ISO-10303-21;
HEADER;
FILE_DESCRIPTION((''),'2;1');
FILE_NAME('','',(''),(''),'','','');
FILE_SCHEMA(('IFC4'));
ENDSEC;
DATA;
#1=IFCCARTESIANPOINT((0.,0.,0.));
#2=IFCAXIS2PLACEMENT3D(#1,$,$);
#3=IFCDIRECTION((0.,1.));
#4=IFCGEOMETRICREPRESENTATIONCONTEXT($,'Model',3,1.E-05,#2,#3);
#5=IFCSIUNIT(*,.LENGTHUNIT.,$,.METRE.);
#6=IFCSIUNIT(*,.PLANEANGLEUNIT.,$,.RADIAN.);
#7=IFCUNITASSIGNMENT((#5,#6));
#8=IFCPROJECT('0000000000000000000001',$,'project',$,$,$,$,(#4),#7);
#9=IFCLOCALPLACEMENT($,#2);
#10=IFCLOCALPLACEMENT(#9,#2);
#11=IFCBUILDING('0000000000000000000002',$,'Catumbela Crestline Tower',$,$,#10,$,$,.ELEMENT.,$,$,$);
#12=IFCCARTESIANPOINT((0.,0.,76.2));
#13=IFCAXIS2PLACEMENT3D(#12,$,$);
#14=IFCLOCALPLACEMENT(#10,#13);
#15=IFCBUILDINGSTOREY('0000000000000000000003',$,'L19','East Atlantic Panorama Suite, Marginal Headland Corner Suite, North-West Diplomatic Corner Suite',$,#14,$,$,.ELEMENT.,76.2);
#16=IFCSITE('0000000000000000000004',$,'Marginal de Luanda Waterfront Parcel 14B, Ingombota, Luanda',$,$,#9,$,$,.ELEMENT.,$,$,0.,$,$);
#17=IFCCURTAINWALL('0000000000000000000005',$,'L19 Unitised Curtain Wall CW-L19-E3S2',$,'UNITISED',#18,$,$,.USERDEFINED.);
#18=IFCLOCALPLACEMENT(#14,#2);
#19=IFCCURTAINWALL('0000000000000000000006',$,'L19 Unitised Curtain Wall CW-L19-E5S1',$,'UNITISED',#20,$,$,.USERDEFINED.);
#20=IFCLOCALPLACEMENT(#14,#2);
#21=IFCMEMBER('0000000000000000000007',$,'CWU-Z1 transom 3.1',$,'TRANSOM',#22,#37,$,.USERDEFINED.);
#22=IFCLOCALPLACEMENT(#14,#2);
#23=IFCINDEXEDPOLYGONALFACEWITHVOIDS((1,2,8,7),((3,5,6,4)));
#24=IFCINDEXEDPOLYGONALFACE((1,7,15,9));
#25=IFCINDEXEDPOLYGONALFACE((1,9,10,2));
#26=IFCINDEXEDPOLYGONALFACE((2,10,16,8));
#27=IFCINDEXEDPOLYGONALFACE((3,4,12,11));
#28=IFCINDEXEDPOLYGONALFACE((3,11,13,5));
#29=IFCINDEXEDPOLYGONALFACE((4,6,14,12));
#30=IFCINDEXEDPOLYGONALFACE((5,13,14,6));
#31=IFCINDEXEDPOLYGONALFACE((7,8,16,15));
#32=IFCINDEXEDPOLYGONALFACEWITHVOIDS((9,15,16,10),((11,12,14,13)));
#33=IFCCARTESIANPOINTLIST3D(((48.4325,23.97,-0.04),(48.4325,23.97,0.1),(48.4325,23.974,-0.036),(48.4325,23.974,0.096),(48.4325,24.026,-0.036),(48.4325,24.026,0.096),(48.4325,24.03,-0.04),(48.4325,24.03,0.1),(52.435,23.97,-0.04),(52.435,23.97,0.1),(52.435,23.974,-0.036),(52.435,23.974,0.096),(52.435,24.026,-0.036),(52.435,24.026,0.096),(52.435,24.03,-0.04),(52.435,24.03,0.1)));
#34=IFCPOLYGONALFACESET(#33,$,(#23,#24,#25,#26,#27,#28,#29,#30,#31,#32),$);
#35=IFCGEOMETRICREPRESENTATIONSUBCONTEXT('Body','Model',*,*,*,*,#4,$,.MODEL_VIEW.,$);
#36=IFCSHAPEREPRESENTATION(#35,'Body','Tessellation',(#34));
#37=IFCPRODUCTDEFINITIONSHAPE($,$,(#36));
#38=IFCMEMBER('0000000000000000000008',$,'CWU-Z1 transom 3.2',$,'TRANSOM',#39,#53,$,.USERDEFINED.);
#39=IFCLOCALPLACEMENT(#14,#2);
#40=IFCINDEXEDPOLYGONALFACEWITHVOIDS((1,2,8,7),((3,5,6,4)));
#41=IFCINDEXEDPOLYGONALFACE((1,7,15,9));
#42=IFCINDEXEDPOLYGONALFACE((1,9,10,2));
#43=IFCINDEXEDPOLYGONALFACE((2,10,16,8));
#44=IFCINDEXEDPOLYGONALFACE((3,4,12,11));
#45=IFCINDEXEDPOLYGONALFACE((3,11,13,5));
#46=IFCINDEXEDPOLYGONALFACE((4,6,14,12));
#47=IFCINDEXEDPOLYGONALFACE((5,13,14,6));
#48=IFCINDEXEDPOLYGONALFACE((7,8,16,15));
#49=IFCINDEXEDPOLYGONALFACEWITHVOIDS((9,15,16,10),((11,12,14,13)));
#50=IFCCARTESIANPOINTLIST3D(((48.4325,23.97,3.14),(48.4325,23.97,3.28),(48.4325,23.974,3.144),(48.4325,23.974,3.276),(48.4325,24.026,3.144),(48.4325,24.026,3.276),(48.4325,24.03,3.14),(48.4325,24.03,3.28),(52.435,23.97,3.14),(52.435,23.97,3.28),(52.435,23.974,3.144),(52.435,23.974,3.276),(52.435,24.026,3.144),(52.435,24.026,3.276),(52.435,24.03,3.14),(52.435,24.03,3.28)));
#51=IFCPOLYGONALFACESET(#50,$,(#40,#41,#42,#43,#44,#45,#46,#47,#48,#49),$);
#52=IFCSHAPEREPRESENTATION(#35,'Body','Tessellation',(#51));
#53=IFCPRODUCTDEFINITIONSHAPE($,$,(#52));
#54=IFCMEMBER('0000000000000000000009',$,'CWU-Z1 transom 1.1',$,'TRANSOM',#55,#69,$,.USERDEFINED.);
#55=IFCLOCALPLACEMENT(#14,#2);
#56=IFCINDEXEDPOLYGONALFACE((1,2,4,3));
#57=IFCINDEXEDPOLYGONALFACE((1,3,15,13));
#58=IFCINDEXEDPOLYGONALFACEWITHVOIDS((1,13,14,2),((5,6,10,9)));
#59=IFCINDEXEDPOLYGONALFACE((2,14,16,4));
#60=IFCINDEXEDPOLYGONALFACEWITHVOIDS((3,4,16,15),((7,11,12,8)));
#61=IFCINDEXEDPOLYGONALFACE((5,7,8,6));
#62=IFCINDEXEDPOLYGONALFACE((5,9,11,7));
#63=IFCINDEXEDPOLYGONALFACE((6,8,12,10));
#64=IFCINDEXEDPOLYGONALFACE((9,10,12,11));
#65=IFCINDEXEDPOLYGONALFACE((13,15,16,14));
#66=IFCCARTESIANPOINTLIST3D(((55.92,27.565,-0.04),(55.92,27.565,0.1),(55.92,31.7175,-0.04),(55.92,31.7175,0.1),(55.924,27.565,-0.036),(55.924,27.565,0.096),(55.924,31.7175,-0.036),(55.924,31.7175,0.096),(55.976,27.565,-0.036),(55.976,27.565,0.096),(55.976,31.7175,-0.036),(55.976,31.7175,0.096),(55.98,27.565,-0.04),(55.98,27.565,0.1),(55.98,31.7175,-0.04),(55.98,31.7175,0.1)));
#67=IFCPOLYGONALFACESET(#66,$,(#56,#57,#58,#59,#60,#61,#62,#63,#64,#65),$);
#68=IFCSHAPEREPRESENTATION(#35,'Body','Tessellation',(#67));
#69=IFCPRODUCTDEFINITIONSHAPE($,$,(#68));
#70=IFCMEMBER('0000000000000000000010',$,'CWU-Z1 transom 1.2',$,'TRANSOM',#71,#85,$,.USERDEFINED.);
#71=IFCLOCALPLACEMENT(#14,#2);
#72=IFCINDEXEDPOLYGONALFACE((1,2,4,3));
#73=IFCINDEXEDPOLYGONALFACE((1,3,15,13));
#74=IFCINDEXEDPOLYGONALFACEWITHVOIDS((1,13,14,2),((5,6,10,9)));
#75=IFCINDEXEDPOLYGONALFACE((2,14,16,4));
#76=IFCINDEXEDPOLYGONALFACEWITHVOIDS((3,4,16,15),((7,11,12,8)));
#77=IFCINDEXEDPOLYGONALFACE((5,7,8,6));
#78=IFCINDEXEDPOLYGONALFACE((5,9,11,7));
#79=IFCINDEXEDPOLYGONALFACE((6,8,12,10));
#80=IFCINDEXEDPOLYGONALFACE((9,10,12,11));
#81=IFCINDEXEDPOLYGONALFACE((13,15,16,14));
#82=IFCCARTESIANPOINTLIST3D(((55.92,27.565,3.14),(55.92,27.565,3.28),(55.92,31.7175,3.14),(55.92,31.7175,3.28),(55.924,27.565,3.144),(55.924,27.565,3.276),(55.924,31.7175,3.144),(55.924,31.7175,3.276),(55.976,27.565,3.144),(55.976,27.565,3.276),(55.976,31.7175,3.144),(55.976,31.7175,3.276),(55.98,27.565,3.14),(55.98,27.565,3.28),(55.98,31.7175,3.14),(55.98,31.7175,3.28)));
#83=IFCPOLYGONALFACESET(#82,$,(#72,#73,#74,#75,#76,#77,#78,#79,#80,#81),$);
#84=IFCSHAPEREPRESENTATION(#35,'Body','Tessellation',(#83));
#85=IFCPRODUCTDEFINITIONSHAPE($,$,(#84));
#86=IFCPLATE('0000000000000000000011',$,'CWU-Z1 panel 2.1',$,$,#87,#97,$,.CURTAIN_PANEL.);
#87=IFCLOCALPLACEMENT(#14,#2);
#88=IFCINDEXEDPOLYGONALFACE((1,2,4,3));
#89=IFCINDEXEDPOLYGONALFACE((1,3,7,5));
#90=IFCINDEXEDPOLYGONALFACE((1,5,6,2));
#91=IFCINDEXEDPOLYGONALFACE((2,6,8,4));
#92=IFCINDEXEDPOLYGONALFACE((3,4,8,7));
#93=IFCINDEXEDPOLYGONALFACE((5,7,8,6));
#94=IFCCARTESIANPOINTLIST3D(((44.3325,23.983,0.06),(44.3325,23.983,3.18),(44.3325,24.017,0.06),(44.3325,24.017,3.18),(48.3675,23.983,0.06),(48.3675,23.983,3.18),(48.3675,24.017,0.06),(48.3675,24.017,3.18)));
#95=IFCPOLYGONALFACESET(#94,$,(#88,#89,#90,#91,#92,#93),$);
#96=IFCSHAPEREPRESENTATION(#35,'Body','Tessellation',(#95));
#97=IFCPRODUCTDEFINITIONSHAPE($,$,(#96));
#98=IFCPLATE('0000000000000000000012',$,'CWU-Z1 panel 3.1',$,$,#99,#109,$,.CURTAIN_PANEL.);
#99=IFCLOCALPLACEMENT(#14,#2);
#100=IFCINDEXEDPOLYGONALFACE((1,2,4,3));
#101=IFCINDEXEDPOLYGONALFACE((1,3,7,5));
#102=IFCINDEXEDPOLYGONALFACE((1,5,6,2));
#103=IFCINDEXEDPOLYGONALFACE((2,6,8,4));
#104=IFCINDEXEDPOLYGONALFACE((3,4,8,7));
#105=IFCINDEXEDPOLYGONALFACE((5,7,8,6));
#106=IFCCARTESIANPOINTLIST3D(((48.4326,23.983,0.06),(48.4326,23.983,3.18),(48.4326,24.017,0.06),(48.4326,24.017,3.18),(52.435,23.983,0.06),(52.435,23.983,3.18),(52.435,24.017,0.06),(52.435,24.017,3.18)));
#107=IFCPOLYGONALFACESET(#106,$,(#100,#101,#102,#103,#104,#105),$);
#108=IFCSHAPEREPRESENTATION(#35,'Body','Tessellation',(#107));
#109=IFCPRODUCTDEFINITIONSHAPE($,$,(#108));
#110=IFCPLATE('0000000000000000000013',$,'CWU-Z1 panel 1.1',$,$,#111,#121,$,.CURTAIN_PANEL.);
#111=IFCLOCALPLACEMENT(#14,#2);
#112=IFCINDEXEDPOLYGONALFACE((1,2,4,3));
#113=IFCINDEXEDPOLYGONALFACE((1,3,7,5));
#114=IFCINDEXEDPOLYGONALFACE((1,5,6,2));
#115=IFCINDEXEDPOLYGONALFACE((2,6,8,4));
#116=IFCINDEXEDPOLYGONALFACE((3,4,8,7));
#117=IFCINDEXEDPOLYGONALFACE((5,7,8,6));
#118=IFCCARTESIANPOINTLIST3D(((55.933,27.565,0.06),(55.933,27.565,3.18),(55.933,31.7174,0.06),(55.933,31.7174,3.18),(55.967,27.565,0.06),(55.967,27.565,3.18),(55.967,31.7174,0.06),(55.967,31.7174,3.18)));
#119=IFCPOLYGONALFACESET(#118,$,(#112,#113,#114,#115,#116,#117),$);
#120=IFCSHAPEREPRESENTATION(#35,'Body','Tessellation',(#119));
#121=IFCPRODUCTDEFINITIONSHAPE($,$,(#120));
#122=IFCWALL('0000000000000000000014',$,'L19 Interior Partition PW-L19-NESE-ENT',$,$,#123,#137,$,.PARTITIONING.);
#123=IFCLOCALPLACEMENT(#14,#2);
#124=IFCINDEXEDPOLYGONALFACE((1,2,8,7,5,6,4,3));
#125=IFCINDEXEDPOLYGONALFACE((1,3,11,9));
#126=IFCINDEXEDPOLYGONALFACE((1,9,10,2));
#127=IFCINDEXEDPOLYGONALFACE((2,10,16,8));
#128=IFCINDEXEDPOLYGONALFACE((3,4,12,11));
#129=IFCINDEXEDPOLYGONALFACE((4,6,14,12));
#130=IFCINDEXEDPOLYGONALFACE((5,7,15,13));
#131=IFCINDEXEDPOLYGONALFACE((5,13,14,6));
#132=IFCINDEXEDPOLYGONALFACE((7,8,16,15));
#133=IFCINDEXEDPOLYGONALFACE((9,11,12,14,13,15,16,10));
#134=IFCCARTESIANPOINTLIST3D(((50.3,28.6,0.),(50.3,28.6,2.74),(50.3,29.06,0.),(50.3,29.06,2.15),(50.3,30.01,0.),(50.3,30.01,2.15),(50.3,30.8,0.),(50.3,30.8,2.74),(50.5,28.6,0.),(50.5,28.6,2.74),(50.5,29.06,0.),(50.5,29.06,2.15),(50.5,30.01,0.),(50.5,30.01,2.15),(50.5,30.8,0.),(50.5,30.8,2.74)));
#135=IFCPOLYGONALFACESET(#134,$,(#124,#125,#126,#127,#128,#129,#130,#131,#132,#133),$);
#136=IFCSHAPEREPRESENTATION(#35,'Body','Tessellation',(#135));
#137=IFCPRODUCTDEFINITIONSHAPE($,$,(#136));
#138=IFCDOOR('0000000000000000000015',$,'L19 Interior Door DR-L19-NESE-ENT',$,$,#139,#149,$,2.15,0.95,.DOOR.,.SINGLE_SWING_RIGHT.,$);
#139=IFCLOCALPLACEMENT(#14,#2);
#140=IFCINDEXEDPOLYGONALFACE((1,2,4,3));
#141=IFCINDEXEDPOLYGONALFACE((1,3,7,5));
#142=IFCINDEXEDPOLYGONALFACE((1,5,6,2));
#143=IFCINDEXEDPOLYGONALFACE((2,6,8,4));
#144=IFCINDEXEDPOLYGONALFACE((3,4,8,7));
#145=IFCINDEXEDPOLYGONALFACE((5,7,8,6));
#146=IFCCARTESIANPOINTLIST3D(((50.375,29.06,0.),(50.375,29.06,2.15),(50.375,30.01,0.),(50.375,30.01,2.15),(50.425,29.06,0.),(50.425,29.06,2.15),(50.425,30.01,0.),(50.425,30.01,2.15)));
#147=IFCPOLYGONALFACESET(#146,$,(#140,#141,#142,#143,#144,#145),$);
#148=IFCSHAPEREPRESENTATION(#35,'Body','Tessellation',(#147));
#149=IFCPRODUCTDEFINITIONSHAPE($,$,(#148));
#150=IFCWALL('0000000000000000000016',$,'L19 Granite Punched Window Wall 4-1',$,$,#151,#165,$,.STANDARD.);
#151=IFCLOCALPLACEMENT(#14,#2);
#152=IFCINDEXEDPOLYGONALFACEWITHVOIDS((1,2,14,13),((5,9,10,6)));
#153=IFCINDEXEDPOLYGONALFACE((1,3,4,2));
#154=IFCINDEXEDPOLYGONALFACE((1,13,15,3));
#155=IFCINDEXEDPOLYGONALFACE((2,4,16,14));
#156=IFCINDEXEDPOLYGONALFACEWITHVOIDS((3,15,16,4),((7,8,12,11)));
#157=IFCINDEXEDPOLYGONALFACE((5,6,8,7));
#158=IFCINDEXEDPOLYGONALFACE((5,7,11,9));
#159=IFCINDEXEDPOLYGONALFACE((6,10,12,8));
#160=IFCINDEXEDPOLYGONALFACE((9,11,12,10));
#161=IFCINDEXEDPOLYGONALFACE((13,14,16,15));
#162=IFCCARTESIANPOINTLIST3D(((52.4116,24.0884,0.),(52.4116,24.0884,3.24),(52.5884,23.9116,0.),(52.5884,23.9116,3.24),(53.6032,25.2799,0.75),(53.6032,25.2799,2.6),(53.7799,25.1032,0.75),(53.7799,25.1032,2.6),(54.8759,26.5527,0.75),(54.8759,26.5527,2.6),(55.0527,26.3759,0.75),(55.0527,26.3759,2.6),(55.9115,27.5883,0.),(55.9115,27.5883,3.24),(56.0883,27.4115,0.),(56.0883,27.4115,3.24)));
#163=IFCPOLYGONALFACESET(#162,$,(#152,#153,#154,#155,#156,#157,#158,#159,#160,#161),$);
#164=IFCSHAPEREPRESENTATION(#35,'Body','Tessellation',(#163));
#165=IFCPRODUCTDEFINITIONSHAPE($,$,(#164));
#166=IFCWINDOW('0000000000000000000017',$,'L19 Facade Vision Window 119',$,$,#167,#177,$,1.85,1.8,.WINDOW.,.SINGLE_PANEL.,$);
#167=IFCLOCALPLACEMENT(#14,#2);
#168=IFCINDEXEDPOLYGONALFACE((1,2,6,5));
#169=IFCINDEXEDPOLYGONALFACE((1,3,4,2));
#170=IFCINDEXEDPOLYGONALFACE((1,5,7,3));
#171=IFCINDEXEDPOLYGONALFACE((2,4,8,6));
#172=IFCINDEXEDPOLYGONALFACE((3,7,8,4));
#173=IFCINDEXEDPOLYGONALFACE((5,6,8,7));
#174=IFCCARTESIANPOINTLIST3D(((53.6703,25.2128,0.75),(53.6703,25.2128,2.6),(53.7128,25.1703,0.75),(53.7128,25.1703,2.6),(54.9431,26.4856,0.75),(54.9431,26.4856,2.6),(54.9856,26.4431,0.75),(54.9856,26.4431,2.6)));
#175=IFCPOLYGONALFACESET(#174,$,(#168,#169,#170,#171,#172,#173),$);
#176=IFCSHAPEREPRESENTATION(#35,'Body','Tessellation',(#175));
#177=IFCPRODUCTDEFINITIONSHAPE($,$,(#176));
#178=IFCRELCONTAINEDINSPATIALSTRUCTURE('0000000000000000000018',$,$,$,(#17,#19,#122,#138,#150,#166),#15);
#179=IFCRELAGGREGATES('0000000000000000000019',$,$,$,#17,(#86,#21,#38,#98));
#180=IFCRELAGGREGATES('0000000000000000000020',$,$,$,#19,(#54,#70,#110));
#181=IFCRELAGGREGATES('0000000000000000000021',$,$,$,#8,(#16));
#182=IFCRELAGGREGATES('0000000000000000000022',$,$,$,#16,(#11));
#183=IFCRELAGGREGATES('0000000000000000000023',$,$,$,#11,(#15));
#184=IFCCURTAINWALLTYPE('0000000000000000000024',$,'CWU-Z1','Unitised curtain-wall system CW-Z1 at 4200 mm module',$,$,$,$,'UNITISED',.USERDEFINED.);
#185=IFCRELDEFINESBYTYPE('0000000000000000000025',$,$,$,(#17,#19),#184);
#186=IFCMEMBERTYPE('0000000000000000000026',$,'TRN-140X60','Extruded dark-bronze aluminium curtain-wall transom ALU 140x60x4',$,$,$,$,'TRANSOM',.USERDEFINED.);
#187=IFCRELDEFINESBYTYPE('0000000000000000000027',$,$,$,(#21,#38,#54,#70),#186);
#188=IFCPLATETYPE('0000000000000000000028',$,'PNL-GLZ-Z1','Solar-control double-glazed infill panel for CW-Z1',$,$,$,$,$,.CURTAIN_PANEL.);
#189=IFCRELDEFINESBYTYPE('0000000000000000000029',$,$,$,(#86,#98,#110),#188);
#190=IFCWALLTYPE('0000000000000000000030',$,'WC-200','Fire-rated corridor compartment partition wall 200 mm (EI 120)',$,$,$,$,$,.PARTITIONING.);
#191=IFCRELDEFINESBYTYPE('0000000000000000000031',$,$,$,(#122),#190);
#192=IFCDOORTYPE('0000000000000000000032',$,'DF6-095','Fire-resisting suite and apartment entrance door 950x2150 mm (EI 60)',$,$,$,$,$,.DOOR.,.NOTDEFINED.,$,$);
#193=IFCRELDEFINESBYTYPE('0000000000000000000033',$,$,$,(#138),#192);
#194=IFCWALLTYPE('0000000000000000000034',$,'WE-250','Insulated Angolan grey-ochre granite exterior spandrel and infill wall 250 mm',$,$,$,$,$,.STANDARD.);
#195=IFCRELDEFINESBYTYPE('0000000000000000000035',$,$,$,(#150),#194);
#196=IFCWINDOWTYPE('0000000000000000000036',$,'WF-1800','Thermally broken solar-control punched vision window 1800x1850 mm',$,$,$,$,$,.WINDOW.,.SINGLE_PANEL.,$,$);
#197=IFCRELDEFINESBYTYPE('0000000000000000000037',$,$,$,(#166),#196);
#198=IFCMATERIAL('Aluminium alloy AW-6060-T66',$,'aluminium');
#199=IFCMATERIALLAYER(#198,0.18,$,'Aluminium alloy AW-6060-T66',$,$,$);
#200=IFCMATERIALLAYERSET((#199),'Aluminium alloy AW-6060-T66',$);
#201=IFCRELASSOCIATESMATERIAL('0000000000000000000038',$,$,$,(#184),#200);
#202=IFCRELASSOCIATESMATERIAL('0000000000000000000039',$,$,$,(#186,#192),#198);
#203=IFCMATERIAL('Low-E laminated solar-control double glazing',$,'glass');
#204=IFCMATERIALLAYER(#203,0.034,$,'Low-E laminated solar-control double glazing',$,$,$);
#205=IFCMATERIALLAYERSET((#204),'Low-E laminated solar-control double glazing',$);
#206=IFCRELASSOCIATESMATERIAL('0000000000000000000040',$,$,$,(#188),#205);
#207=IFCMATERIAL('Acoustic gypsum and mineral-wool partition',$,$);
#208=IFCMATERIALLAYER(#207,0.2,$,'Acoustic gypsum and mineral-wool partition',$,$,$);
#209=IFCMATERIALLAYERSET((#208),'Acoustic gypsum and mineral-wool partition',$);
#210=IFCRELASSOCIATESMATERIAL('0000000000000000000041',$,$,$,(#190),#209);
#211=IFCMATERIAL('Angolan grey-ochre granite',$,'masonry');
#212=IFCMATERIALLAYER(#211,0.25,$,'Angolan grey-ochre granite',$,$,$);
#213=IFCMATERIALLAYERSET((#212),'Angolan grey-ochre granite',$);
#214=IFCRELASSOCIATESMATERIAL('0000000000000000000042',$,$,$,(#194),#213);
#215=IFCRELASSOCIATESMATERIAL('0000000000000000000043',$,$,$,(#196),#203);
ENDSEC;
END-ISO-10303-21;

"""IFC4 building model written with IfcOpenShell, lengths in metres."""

from ifc_helpers import new_model, si_unit, direction, frame, frame_2d, origin, origin_2d, place, context, subcontext, project, spatial, rectangle, hollow_rectangle, extrude, material, layer, layer_set, material_profile, profile_set, type_object, element, fill, aggregate, save


model = new_model("IFC4")

# Units and contexts
model_context = context("Model", 3, precision=1e-05, world=origin(), true_north=direction((0.0, 1.0)))
body_context = subcontext(model_context, "Body", "Model", "MODEL_VIEW")
ifc_project = project(units=[si_unit("LENGTHUNIT", "METRE"), si_unit("PLANEANGLEUNIT", "RADIAN")], contexts=[model_context])

# Site, building, storey
site_placement = place(None, origin())
site = spatial("IfcSite", under=ifc_project, at=site_placement, Name="Marginal de Luanda Waterfront Parcel 14B, Ingombota, Luanda", CompositionType="ELEMENT", RefElevation=0.0)
building_placement = place(site_placement, origin())
building = spatial("IfcBuilding", under=site, at=building_placement, Name="Catumbela Crestline Tower", CompositionType="ELEMENT")
storey_placement = place(building_placement, frame((0.0, 0.0, 76.2)))
storey = spatial("IfcBuildingStorey", under=building, at=storey_placement, Name="L19", Description="East Atlantic Panorama Suite, Marginal Headland Corner Suite, North-West Diplomatic Corner Suite", CompositionType="ELEMENT", Elevation=76.2)

# Curtain wall
ifc_material_1 = material(Name="Aluminium alloy AW-6060-T66", Category="aluminium")
ifc_layer_1 = layer(ifc_material_1, 0.18, Name="Aluminium alloy AW-6060-T66")
ifc_layer_set_1 = layer_set([ifc_layer_1], Name="Aluminium alloy AW-6060-T66")
curtain_wall_type = type_object("IfcCurtainWallType", Name="CWU-Z1", Description="Unitised curtain-wall system CW-Z1 at 4200 mm module", ElementType="UNITISED", PredefinedType="USERDEFINED", material=ifc_layer_set_1)
curtain_wall_1_placement = place(storey_placement, origin())
curtain_wall_1 = element("IfcCurtainWall", 1, at=curtain_wall_1_placement, inside=storey, type_object=curtain_wall_type, Name="L19 Unitised Curtain Wall CW-L19-E3S2", ObjectType="UNITISED", PredefinedType="USERDEFINED")

# Curtain wall
curtain_wall_2_placement = place(storey_placement, origin())
curtain_wall_2 = element("IfcCurtainWall", 2, at=curtain_wall_2_placement, inside=storey, type_object=curtain_wall_type, Name="L19 Unitised Curtain Wall CW-L19-E5S1", ObjectType="UNITISED", PredefinedType="USERDEFINED")

# Members
ifc_material_profile_1 = material_profile(ifc_material_1, hollow_rectangle(XDim=0.06, YDim=0.14, WallThickness=0.004, at=origin_2d()), Name="ALU 140x60x4")
ifc_profile_set_1 = profile_set([ifc_material_profile_1], Name="Aluminium alloy AW-6060-T66")
member_type_1 = type_object("IfcMemberType", Name="TRN-140X60", Description="Extruded dark-bronze aluminium curtain-wall transom ALU 140x60x4", ElementType="TRANSOM", PredefinedType="USERDEFINED", material=ifc_profile_set_1)
member_1_placement = place(storey_placement, frame((48.4325, 24.0, 0.03), z_axis=(1.0, 0.0, 0.0), x_axis=(0.0, 1.0, 0.0)))
member_1 = element("IfcMember", 3, at=member_1_placement, type_object=member_type_1, Name="CWU-Z1 transom 3.1", ObjectType="TRANSOM", PredefinedType="USERDEFINED", context=body_context, shape_type="SweptSolid", body=[
    extrude(hollow_rectangle(XDim=0.06, YDim=0.14, WallThickness=0.004, at=origin_2d()), origin(), (0.0, 0.0, 1.0), 4.0025),
])
member_2_placement = place(storey_placement, frame((48.4325, 24.0, 3.21), z_axis=(1.0, 0.0, 0.0), x_axis=(0.0, 1.0, 0.0)))
member_2 = element("IfcMember", 4, at=member_2_placement, type_object=member_type_1, Name="CWU-Z1 transom 3.2", ObjectType="TRANSOM", PredefinedType="USERDEFINED", context=body_context, shape_type="SweptSolid", body=[
    extrude(hollow_rectangle(XDim=0.06, YDim=0.14, WallThickness=0.004, at=origin_2d()), origin(), (0.0, 0.0, 1.0), 4.0025),
])
member_3_placement = place(storey_placement, frame((55.95, 27.565, 0.03), z_axis=(0.0, 1.0, 0.0), x_axis=(-1.0, 0.0, 0.0)))
member_3 = element("IfcMember", 5, at=member_3_placement, type_object=member_type_1, Name="CWU-Z1 transom 1.1", ObjectType="TRANSOM", PredefinedType="USERDEFINED", context=body_context, shape_type="SweptSolid", body=[
    extrude(hollow_rectangle(XDim=0.06, YDim=0.14, WallThickness=0.004, at=origin_2d()), origin(), (0.0, 0.0, 1.0), 4.1525),
])
member_4_placement = place(storey_placement, frame((55.95, 27.565, 3.21), z_axis=(0.0, 1.0, 0.0), x_axis=(-1.0, 0.0, 0.0)))
member_4 = element("IfcMember", 6, at=member_4_placement, type_object=member_type_1, Name="CWU-Z1 transom 1.2", ObjectType="TRANSOM", PredefinedType="USERDEFINED", context=body_context, shape_type="SweptSolid", body=[
    extrude(hollow_rectangle(XDim=0.06, YDim=0.14, WallThickness=0.004, at=origin_2d()), origin(), (0.0, 0.0, 1.0), 4.1525),
])

# Plates
ifc_material_2 = material(Name="Low-E laminated solar-control double glazing", Category="glass")
ifc_layer_2 = layer(ifc_material_2, 0.034, Name="Low-E laminated solar-control double glazing")
ifc_layer_set_2 = layer_set([ifc_layer_2], Name="Low-E laminated solar-control double glazing")
plate_type = type_object("IfcPlateType", Name="PNL-GLZ-Z1", Description="Solar-control double-glazed infill panel for CW-Z1", PredefinedType="CURTAIN_PANEL", material=ifc_layer_set_2)
plate_1_placement = place(storey_placement, frame((46.35, 24.0, 0.06), z_axis=(0.0, 0.0, 1.0), x_axis=(1.0, 0.0, 0.0)))
plate_1 = element("IfcPlate", 7, at=plate_1_placement, type_object=plate_type, Name="CWU-Z1 panel 2.1", PredefinedType="CURTAIN_PANEL", context=body_context, shape_type="SweptSolid", body=[
    extrude(rectangle(XDim=4.035, YDim=0.034, at=origin_2d()), origin(), (0.0, 0.0, 1.0), 3.12),
])
plate_2_placement = place(storey_placement, frame((50.4338, 24.0, 0.06), z_axis=(0.0, 0.0, 1.0), x_axis=(1.0, 0.0, 0.0)))
plate_2 = element("IfcPlate", 8, at=plate_2_placement, type_object=plate_type, Name="CWU-Z1 panel 3.1", PredefinedType="CURTAIN_PANEL", context=body_context, shape_type="SweptSolid", body=[
    extrude(rectangle(XDim=4.0025, YDim=0.034, at=origin_2d()), origin(), (0.0, 0.0, 1.0), 3.12),
])
aggregate(curtain_wall_1, [plate_1, member_1, member_2, plate_2])
plate_3_placement = place(storey_placement, frame((55.95, 29.6412, 0.06), z_axis=(0.0, 0.0, 1.0), x_axis=(0.0, 1.0, 0.0)))
plate_3 = element("IfcPlate", 9, at=plate_3_placement, type_object=plate_type, Name="CWU-Z1 panel 1.1", PredefinedType="CURTAIN_PANEL", context=body_context, shape_type="SweptSolid", body=[
    extrude(rectangle(XDim=4.1525, YDim=0.034, at=origin_2d()), origin(), (0.0, 0.0, 1.0), 3.12),
])
aggregate(curtain_wall_2, [member_3, member_4, plate_3])

# Wall, opening, door
ifc_material_3 = material(Name="Acoustic gypsum and mineral-wool partition")
ifc_layer_3 = layer(ifc_material_3, 0.2, Name="Acoustic gypsum and mineral-wool partition")
ifc_layer_set_3 = layer_set([ifc_layer_3], Name="Acoustic gypsum and mineral-wool partition")
wall_type_1 = type_object("IfcWallType", Name="WC-200", Description="Fire-rated corridor compartment partition wall 200 mm (EI 120)", PredefinedType="PARTITIONING", material=ifc_layer_set_3)
wall_1_placement = place(storey_placement, frame((50.4, 28.6, 0.0), z_axis=(0.0, 0.0, 1.0), x_axis=(0.0, 1.0, 0.0)))
wall_1 = element("IfcWall", 10, at=wall_1_placement, inside=storey, type_object=wall_type_1, Name="L19 Interior Partition PW-L19-NESE-ENT", PredefinedType="PARTITIONING", context=body_context, shape_type="SweptSolid", body=[
    extrude(rectangle(XDim=2.2, YDim=0.2, at=frame_2d((1.1, 0.0))), origin(), (0.0, 0.0, 1.0), 2.74),
])
opening_1_placement = place(wall_1_placement, frame((0.46, 0.0, 0.0)))
opening_1 = element("IfcOpeningElement", 11, at=opening_1_placement, cuts=wall_1, PredefinedType="OPENING", context=body_context, shape_type="SweptSolid", body=[
    extrude(rectangle(XDim=0.95, YDim=2.15, at=frame_2d((0.475, 1.075))), frame((0.0, 0.11, 0.0), z_axis=(0.0, -1.0, 0.0), x_axis=(1.0, 0.0, 0.0)), (0.0, 0.0, 1.0), 0.22),
])
door_type_1 = type_object("IfcDoorType", Name="DF6-095", Description="Fire-resisting suite and apartment entrance door 950x2150 mm (EI 60)", OperationType="NOTDEFINED", PredefinedType="DOOR", material=ifc_material_1)
door_1_placement = place(opening_1_placement, origin())
door_1 = element("IfcDoor", 12, at=door_1_placement, inside=storey, type_object=door_type_1, Name="L19 Interior Door DR-L19-NESE-ENT", OperationType="SINGLE_SWING_RIGHT", OverallHeight=2.15, OverallWidth=0.95, PredefinedType="DOOR", context=body_context, shape_type="SweptSolid", body=[
    extrude(rectangle(XDim=0.95, YDim=2.15, at=frame_2d((0.475, 1.075))), frame((0.0, 0.025, 0.0), z_axis=(0.0, -1.0, 0.0), x_axis=(1.0, 0.0, 0.0)), (0.0, 0.0, 1.0), 0.05),
])
fill(opening_1, door_1)

# Wall, opening, window
ifc_material_4 = material(Name="Angolan grey-ochre granite", Category="masonry")
ifc_layer_4 = layer(ifc_material_4, 0.25, Name="Angolan grey-ochre granite")
ifc_layer_set_4 = layer_set([ifc_layer_4], Name="Angolan grey-ochre granite")
wall_type_2 = type_object("IfcWallType", Name="WE-250", Description="Insulated Angolan grey-ochre granite exterior spandrel and infill wall 250 mm", PredefinedType="STANDARD", material=ifc_layer_set_4)
wall_2_placement = place(storey_placement, frame((52.5, 24.0, 0.0), z_axis=(0.0, 0.0, 1.0), x_axis=(0.707107, 0.707107, 0.0)))
wall_2 = element("IfcWall", 13, at=wall_2_placement, inside=storey, type_object=wall_type_2, Name="L19 Granite Punched Window Wall 4-1", PredefinedType="STANDARD", context=body_context, shape_type="SweptSolid", body=[
    extrude(rectangle(XDim=4.9497, YDim=0.25, at=frame_2d((2.4748, 0.0))), origin(), (0.0, 0.0, 1.0), 3.24),
])
opening_2_placement = place(wall_2_placement, frame((1.6851, 0.0, 0.75)))
opening_2 = element("IfcOpeningElement", 14, at=opening_2_placement, cuts=wall_2, PredefinedType="OPENING", context=body_context, shape_type="SweptSolid", body=[
    extrude(rectangle(XDim=1.8, YDim=1.85, at=frame_2d((0.9, 0.925))), frame((0.0, 0.135, 0.0), z_axis=(0.0, -1.0, 0.0), x_axis=(1.0, 0.0, 0.0)), (0.0, 0.0, 1.0), 0.27),
])
window_type = type_object("IfcWindowType", Name="WF-1800", Description="Thermally broken solar-control punched vision window 1800x1850 mm", PartitioningType="SINGLE_PANEL", PredefinedType="WINDOW", material=ifc_material_2)
window_placement = place(opening_2_placement, origin())
window = element("IfcWindow", 15, at=window_placement, inside=storey, type_object=window_type, Name="L19 Facade Vision Window 119", OverallHeight=1.85, OverallWidth=1.8, PartitioningType="SINGLE_PANEL", PredefinedType="WINDOW", context=body_context, shape_type="SweptSolid", body=[
    extrude(rectangle(XDim=1.8, YDim=1.85, at=frame_2d((0.9, 0.925))), frame((0.0, 0.03, 0.0), z_axis=(0.0, -1.0, 0.0), x_axis=(1.0, 0.0, 0.0)), (0.0, 0.0, 1.0), 0.06),
])
fill(opening_2, window)

save(model, "model.ifc")
